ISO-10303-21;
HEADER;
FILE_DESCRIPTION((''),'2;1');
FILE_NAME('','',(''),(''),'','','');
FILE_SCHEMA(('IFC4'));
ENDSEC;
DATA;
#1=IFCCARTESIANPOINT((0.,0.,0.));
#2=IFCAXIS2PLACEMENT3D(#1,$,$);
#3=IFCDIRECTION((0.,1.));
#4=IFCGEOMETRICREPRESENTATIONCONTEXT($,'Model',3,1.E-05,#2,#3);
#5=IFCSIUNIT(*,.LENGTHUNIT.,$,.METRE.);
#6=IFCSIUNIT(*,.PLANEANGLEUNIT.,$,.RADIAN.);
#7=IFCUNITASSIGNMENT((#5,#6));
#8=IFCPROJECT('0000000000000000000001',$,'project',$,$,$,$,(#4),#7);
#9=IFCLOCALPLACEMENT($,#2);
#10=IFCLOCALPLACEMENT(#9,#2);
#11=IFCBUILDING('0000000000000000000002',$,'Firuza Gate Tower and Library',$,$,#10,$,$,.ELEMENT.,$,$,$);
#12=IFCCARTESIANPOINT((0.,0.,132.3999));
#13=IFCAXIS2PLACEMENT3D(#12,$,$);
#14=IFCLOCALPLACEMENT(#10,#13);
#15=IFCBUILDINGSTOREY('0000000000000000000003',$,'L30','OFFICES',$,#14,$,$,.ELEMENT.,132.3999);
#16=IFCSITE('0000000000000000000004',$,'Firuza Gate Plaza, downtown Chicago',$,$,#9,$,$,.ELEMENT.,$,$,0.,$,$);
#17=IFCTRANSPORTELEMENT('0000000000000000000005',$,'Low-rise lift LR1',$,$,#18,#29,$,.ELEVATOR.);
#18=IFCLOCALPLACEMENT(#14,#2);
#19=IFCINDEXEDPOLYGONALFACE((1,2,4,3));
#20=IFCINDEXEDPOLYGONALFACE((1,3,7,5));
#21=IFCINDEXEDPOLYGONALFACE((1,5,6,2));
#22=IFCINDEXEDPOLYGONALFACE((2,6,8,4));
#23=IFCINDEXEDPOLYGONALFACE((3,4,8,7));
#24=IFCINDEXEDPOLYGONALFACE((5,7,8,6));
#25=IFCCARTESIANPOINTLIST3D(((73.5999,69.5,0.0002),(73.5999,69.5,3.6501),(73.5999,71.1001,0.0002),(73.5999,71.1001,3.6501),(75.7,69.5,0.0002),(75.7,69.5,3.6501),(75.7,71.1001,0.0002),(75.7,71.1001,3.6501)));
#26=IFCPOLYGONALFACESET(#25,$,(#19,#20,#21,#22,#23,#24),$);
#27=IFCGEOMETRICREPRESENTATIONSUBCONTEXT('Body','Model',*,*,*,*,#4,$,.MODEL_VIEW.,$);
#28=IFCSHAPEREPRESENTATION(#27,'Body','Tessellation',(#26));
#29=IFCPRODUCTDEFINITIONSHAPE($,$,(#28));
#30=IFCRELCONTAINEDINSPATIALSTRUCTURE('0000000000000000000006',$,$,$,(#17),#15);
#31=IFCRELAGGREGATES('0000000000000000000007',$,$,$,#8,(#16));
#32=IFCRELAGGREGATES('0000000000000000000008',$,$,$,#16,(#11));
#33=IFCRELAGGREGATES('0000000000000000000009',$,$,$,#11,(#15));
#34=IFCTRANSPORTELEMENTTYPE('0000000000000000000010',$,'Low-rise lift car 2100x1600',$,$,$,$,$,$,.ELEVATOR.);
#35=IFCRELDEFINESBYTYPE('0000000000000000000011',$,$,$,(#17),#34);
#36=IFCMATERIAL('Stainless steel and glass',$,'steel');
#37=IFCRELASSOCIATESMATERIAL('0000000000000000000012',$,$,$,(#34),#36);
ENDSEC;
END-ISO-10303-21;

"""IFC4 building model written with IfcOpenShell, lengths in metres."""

from ifc_helpers import new_model, si_unit, direction, frame, origin, origin_2d, place, context, subcontext, project, spatial, rectangle, extrude, material, type_object, element, save


model = new_model("IFC4")

# Units and contexts
model_context = context("Model", 3, precision=1e-05, world=origin(), true_north=direction((0.0, 1.0)))
body_context = subcontext(model_context, "Body", "Model", "MODEL_VIEW")
ifc_project = project(units=[si_unit("LENGTHUNIT", "METRE"), si_unit("PLANEANGLEUNIT", "RADIAN")], contexts=[model_context])

# Site, building, storey
site_placement = place(None, origin())
site = spatial("IfcSite", under=ifc_project, at=site_placement, Name="Firuza Gate Plaza, downtown Chicago", CompositionType="ELEMENT", RefElevation=0.0)
building_placement = place(site_placement, origin())
building = spatial("IfcBuilding", under=site, at=building_placement, Name="Firuza Gate Tower and Library", CompositionType="ELEMENT")
storey_placement = place(building_placement, frame((0.0, 0.0, 132.3999)))
storey = spatial("IfcBuildingStorey", under=building, at=storey_placement, Name="L30", Description="OFFICES", CompositionType="ELEMENT", Elevation=132.3999)

# Transport element
ifc_material_1 = material(Name="Stainless steel and glass", Category="steel")
transport_element_type = type_object("IfcTransportElementType", Name="Low-rise lift car 2100x1600", PredefinedType="ELEVATOR", material=ifc_material_1)
transport_element_placement = place(storey_placement, frame((74.6499, 70.3, 0.0002), z_axis=(0.0, 0.0, 1.0), x_axis=(1.0, 0.0, 0.0)))
element("IfcTransportElement", 1, at=transport_element_placement, inside=storey, type_object=transport_element_type, Name="Low-rise lift LR1", PredefinedType="ELEVATOR", context=body_context, shape_type="SweptSolid", body=[
    extrude(rectangle(XDim=2.1001, YDim=1.6001, at=origin_2d()), origin(), (0.0, 0.0, 1.0), 3.6499),
])

save(model, "model.ifc")
